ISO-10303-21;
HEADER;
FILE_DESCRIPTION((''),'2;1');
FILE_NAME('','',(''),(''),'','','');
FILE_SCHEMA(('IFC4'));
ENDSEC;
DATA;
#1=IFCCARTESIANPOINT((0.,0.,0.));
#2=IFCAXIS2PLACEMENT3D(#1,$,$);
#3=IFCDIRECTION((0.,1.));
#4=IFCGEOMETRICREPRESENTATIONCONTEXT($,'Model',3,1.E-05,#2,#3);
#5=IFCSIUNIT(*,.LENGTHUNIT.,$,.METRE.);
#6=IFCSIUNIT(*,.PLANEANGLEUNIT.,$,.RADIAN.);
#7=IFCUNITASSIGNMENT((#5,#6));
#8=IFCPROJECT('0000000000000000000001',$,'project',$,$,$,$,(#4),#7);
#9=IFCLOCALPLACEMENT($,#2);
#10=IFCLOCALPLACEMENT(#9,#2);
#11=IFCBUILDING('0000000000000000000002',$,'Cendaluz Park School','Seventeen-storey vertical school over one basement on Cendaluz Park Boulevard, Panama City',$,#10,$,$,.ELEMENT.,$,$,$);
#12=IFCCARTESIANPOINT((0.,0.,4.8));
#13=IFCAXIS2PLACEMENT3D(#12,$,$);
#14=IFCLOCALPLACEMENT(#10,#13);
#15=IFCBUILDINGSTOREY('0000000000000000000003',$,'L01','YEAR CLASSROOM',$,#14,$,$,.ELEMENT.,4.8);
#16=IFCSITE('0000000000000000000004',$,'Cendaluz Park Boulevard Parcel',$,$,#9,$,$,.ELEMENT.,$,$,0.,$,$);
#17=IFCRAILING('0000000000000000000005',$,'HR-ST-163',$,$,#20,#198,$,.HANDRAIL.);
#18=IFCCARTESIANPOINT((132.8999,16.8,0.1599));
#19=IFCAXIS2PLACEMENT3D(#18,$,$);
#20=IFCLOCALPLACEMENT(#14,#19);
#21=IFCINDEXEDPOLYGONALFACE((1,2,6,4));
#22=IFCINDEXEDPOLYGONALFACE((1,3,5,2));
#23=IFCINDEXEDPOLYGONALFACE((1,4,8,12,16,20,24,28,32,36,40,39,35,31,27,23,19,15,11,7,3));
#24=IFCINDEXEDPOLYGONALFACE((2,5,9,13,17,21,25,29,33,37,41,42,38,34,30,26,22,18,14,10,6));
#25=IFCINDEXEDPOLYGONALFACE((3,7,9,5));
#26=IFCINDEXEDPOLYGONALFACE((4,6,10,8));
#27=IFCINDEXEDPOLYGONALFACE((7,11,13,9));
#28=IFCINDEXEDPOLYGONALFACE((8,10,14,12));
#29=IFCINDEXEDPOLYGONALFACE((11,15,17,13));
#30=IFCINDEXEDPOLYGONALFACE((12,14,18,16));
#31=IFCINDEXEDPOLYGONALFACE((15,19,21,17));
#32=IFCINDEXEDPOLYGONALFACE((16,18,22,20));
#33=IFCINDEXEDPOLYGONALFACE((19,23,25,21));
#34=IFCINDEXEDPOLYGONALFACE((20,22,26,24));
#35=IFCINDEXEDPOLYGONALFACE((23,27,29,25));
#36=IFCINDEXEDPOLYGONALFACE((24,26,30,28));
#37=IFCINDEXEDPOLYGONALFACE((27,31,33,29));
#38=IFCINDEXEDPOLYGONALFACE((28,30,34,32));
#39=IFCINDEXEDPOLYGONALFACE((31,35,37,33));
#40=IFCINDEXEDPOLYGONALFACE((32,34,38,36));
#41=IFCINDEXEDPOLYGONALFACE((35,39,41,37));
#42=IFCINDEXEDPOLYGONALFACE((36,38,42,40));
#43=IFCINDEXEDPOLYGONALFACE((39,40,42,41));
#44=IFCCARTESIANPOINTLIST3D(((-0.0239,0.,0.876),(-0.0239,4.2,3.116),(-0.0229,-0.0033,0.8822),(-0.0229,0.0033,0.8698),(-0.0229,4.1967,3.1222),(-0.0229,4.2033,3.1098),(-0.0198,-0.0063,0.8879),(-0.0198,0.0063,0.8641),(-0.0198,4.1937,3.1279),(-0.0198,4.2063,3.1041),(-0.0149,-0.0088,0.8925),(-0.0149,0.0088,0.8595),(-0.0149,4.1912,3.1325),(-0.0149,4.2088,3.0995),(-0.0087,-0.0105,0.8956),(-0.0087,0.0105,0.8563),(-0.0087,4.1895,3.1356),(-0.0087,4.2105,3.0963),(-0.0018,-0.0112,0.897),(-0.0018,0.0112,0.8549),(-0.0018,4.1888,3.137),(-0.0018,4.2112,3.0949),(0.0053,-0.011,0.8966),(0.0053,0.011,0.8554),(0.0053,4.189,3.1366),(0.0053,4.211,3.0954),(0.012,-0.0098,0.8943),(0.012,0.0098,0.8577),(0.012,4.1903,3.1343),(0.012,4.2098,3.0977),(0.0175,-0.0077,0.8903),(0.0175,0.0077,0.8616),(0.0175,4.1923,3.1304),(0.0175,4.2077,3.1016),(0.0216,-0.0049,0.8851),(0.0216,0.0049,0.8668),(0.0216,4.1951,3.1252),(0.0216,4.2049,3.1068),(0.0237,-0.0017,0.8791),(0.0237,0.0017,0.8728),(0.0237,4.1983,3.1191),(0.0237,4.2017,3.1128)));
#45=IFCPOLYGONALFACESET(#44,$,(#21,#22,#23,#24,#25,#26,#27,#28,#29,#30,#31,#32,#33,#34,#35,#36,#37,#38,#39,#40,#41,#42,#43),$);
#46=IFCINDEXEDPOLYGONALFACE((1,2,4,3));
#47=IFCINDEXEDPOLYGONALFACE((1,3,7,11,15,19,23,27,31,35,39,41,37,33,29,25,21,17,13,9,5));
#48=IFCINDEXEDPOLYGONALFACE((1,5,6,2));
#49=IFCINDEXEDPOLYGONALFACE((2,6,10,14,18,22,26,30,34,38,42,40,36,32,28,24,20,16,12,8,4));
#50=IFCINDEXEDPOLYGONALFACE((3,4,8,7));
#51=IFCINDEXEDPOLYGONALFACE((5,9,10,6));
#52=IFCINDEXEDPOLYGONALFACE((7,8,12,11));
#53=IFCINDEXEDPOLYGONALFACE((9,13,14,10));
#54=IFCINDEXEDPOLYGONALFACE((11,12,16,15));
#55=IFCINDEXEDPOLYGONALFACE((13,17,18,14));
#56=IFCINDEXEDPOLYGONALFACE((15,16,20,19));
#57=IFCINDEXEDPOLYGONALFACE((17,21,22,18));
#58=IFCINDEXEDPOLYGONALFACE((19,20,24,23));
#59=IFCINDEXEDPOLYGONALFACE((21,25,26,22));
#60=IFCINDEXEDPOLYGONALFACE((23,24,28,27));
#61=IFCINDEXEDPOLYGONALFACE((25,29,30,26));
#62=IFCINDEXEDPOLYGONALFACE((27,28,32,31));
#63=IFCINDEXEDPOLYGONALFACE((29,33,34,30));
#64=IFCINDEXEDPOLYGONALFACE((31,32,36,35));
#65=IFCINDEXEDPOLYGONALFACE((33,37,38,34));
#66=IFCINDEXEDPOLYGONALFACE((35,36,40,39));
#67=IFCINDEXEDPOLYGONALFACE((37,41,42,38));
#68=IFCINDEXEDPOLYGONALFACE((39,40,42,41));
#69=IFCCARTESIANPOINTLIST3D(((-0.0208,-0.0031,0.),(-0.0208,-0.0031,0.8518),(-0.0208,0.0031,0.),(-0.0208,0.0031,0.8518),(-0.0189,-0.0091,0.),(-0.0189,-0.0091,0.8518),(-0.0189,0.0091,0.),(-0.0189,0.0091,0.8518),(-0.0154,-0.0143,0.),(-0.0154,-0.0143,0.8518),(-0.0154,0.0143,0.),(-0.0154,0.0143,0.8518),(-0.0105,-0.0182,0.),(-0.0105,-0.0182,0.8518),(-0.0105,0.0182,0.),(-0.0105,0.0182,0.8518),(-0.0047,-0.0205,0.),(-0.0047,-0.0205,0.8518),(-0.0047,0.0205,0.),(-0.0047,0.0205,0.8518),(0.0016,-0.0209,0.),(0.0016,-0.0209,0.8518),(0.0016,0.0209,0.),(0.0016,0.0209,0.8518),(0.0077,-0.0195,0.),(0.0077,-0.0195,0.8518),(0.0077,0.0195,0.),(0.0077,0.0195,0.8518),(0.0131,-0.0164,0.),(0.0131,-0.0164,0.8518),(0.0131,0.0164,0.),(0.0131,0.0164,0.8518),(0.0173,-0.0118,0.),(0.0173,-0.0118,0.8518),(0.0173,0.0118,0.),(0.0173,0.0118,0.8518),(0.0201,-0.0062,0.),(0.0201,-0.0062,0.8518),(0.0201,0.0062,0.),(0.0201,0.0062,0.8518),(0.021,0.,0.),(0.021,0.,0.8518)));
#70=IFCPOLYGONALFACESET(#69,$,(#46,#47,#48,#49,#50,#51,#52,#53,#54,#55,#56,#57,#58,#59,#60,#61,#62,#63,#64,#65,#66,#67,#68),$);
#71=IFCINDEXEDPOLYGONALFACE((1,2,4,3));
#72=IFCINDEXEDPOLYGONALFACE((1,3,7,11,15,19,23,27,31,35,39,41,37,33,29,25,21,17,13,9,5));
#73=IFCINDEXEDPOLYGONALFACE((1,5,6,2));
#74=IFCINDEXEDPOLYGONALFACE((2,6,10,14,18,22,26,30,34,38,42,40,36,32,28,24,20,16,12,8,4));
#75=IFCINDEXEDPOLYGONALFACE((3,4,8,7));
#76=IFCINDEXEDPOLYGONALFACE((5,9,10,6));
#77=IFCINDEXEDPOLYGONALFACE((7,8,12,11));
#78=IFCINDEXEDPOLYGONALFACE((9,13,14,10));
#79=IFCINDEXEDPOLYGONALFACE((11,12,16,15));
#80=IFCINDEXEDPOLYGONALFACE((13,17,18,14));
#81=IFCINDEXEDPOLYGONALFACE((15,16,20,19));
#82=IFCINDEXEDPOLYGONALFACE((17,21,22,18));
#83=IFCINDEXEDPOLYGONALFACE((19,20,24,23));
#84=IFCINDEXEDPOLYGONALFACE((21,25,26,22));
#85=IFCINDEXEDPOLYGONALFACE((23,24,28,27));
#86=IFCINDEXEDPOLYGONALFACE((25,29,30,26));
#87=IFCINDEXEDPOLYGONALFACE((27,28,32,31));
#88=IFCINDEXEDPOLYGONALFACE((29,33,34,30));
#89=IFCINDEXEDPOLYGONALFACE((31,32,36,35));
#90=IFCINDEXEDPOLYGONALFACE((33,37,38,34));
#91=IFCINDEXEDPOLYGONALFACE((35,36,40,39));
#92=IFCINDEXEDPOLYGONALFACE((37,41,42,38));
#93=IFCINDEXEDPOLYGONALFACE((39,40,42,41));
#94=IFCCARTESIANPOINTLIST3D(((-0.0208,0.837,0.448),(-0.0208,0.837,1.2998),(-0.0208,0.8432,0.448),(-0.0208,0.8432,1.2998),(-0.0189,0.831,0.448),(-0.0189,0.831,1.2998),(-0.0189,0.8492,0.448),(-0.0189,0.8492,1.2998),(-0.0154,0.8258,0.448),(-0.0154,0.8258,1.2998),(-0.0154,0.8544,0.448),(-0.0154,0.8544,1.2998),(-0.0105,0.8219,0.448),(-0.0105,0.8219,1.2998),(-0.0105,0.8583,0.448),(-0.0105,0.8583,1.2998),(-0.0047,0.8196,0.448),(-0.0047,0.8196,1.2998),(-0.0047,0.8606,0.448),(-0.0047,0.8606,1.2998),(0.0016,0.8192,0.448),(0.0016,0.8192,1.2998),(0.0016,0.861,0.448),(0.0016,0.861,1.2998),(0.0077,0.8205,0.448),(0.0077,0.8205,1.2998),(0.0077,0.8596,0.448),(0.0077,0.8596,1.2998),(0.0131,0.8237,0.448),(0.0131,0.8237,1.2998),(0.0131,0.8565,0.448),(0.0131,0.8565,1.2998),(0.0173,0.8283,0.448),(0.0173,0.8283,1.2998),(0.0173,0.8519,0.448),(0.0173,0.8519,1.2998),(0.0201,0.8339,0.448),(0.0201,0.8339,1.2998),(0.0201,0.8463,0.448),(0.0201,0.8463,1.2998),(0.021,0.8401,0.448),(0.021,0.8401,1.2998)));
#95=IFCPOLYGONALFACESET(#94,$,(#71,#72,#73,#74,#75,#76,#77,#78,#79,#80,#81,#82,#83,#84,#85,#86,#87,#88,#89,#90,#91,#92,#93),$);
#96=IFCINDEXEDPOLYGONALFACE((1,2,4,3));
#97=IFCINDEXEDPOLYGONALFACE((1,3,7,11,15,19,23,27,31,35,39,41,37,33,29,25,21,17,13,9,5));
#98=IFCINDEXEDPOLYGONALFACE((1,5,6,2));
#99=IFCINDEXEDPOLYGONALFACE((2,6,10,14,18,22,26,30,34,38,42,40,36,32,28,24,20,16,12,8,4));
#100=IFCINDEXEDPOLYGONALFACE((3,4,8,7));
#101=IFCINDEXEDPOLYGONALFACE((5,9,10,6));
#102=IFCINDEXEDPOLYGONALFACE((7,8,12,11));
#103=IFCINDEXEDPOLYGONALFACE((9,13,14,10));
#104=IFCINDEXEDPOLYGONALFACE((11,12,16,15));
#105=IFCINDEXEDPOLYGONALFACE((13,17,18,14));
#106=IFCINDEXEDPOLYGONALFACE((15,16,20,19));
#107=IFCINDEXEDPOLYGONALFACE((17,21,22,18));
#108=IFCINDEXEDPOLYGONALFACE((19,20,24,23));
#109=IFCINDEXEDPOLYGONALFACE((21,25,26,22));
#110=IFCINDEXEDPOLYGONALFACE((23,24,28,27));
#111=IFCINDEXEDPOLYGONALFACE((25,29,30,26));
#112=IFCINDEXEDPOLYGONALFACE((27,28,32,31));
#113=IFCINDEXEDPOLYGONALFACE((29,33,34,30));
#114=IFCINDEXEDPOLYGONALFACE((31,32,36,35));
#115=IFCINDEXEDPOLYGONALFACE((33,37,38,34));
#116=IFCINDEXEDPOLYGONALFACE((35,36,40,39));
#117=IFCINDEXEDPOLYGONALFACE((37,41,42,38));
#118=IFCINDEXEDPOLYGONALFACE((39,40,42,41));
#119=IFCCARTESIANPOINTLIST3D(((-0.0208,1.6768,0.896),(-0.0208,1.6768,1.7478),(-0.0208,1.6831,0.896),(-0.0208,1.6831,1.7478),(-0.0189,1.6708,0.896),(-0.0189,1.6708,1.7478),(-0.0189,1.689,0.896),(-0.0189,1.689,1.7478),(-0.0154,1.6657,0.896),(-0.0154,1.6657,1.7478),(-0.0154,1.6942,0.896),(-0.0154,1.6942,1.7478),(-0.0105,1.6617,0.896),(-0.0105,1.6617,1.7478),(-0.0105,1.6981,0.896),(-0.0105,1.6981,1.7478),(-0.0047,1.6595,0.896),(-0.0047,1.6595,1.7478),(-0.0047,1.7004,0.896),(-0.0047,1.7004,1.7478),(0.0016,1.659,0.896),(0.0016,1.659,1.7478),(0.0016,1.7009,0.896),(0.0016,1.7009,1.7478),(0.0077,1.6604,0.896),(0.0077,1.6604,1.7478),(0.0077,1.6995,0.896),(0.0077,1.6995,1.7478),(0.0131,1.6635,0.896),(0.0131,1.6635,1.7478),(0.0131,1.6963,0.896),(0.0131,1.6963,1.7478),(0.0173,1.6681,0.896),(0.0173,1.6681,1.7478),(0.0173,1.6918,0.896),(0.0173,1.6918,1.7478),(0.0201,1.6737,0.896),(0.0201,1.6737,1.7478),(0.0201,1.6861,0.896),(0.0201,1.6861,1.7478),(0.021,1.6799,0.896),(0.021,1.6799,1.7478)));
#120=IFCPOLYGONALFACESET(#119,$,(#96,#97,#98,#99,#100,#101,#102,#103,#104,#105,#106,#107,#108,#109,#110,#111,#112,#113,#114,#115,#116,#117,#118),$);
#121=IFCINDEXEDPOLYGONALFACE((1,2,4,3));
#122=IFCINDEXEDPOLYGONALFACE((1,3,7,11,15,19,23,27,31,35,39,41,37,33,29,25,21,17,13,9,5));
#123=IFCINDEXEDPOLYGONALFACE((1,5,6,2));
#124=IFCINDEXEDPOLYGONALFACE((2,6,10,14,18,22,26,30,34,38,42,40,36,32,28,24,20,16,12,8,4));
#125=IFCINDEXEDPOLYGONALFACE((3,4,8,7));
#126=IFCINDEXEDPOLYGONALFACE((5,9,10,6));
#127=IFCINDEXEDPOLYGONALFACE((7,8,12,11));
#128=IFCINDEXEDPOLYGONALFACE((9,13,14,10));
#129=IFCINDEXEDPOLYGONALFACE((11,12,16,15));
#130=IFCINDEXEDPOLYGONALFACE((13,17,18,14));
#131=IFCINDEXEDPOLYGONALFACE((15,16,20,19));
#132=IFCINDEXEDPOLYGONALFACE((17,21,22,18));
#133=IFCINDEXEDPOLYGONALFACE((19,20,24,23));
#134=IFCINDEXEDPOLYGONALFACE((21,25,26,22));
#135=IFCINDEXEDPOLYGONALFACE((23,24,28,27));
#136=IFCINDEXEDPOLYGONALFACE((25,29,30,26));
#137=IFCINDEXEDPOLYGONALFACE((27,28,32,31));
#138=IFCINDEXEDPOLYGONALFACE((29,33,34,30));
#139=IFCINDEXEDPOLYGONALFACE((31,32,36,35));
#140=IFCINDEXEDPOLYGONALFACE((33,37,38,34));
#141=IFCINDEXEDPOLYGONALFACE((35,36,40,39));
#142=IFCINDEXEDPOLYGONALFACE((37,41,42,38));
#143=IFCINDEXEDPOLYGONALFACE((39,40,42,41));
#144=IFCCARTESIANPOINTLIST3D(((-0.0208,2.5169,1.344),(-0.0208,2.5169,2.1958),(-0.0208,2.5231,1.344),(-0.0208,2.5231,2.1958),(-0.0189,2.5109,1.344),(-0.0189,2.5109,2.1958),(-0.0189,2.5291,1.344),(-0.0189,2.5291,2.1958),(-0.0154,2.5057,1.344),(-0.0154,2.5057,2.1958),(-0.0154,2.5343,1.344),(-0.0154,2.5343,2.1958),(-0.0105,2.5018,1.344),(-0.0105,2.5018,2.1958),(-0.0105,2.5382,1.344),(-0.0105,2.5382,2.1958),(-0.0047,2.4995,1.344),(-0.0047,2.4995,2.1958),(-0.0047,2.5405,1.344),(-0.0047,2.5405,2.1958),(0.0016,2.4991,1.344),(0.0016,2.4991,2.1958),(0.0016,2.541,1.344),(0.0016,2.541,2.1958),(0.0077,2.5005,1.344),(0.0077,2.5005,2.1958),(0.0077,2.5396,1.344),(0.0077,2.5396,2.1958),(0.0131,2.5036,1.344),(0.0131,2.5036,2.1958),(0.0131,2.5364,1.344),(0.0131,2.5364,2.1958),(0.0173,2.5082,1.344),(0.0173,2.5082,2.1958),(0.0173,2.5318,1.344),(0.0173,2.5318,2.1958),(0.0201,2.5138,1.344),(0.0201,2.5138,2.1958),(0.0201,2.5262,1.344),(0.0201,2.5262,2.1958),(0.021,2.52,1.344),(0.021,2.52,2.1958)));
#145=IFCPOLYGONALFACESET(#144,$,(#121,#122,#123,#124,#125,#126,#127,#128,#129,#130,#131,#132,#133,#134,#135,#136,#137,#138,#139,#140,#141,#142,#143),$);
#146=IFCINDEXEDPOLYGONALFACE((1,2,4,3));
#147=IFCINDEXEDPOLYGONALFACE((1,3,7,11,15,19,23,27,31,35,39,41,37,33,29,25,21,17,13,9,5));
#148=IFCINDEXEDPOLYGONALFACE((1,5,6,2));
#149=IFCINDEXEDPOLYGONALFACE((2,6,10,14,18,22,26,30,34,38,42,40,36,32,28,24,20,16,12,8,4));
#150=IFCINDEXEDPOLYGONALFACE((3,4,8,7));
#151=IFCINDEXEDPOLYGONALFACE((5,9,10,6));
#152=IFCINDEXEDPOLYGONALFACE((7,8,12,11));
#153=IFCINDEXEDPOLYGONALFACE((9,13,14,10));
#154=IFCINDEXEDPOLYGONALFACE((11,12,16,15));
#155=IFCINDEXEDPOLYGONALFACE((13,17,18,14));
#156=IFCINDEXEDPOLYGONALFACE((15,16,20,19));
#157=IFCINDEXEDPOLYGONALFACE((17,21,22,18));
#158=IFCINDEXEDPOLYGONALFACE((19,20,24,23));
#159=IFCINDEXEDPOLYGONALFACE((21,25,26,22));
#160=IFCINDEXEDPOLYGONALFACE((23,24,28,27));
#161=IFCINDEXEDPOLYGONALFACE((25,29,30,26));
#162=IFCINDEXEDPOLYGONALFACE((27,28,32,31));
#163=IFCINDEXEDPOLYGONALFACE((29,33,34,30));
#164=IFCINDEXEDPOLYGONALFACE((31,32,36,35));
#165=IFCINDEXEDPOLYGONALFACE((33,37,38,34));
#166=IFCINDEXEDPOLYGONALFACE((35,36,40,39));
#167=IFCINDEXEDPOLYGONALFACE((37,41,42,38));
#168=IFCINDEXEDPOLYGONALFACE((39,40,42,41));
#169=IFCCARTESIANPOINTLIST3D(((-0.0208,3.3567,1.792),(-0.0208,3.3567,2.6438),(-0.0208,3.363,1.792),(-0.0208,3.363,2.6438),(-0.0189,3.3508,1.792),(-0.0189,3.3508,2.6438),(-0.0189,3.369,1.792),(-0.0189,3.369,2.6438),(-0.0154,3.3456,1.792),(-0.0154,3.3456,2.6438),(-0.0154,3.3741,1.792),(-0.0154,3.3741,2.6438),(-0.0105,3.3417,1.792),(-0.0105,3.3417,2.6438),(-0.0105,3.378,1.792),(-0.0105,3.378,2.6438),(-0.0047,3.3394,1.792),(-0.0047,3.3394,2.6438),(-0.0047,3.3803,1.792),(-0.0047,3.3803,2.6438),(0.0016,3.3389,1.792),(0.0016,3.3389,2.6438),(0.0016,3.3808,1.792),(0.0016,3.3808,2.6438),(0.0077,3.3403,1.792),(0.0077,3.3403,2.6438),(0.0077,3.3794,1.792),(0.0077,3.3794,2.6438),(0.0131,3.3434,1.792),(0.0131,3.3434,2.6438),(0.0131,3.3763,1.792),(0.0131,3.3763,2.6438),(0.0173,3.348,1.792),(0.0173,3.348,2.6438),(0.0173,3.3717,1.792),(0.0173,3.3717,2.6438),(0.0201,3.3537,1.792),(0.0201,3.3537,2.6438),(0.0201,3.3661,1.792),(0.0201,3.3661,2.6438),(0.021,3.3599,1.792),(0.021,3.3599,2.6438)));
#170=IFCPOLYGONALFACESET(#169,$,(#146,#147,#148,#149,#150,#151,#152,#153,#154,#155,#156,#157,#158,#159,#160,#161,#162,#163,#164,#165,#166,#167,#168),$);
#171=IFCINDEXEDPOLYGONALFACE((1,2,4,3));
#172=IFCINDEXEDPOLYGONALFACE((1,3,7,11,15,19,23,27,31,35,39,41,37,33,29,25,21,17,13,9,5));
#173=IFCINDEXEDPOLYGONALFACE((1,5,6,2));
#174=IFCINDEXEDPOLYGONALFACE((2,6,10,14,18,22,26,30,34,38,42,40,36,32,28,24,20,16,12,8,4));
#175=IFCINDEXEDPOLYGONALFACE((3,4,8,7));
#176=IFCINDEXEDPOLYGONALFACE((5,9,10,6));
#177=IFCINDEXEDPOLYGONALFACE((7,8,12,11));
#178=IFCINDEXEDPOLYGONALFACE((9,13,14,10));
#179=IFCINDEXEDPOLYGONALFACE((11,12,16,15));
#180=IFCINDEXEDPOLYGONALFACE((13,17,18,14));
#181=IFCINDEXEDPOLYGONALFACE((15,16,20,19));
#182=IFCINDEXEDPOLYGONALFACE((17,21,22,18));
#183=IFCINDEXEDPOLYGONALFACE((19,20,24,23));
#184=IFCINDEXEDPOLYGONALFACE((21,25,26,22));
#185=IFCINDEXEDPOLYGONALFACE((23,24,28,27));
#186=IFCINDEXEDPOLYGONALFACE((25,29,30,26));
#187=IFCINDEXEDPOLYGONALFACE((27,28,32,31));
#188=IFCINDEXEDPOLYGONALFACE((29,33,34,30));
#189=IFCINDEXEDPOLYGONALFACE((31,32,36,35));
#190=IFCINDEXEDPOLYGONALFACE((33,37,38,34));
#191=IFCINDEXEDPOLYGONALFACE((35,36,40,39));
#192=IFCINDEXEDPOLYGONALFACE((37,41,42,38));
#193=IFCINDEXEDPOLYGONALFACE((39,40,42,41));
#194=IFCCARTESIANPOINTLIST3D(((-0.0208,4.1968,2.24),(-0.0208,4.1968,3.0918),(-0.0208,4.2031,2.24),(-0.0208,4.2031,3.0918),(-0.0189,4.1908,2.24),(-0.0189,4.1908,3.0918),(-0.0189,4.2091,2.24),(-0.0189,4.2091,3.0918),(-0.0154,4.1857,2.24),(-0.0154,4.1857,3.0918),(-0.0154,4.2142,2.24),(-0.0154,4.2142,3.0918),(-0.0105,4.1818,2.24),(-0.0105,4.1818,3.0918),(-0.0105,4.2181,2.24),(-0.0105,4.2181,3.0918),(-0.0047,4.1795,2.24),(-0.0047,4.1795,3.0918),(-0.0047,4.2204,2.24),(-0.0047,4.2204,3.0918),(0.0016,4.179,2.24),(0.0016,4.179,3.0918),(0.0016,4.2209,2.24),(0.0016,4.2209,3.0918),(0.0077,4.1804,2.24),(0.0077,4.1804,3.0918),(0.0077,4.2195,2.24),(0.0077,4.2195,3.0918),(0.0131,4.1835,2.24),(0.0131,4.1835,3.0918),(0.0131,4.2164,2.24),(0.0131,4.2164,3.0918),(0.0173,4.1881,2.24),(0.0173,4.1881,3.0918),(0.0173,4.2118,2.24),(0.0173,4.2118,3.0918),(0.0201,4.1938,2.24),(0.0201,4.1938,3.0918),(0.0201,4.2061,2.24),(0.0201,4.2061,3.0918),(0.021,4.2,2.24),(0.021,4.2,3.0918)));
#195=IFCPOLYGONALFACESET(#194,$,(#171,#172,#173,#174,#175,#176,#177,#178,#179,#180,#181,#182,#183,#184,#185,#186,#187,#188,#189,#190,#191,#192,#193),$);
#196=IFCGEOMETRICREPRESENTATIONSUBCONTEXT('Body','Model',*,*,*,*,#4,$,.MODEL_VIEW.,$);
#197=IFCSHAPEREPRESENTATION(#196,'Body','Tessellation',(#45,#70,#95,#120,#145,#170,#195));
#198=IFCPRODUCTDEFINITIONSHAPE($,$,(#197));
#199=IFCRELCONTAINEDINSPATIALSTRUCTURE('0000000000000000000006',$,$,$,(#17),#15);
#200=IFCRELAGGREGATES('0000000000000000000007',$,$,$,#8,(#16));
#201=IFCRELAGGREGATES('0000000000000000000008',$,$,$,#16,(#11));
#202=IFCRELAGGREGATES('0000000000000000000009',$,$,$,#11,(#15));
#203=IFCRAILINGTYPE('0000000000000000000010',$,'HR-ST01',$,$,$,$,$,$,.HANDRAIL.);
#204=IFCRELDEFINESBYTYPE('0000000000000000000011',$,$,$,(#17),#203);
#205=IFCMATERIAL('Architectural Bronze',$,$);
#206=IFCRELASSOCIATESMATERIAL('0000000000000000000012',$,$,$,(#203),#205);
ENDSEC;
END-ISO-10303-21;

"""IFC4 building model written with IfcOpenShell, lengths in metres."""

from ifc_helpers import new_model, si_unit, direction, frame, origin, origin_2d, place, context, subcontext, project, spatial, circle, extrude, material, type_object, element, save


model = new_model("IFC4")

# Units and contexts
model_context = context("Model", 3, precision=1e-05, world=origin(), true_north=direction((0.0, 1.0)))
body_context = subcontext(model_context, "Body", "Model", "MODEL_VIEW")
ifc_project = project(units=[si_unit("LENGTHUNIT", "METRE"), si_unit("PLANEANGLEUNIT", "RADIAN")], contexts=[model_context])

# Site, building, storey
site_placement = place(None, origin())
site = spatial("IfcSite", under=ifc_project, at=site_placement, Name="Cendaluz Park Boulevard Parcel", CompositionType="ELEMENT", RefElevation=0.0)
building_placement = place(site_placement, origin())
building = spatial("IfcBuilding", under=site, at=building_placement, Name="Cendaluz Park School", Description="Seventeen-storey vertical school over one basement on Cendaluz Park Boulevard, Panama City", CompositionType="ELEMENT")
storey_placement = place(building_placement, frame((0.0, 0.0, 4.8)))
storey = spatial("IfcBuildingStorey", under=building, at=storey_placement, Name="L01", Description="YEAR CLASSROOM", CompositionType="ELEMENT", Elevation=4.8)

# Railing
ifc_material_1 = material(Name="Architectural Bronze")
railing_type_1 = type_object("IfcRailingType", Name="HR-ST01", PredefinedType="HANDRAIL", material=ifc_material_1)
railing_1_placement = place(storey_placement, frame((132.8999, 16.8, 0.1599)))
element("IfcRailing", 1, at=railing_1_placement, inside=storey, type_object=railing_type_1, Name="HR-ST-163", PredefinedType="HANDRAIL", context=body_context, shape_type="SweptSolid", body=[
    extrude(circle(Radius=0.0239, at=origin_2d()), frame((0.0, 0.0, 0.876), z_axis=(0.0, 0.882352, 0.470591), x_axis=(-1.0, 0.0, 0.0)), (0.0, 0.0, 1.0), 4.76),
    extrude(circle(Radius=0.021, at=origin_2d()), origin(), (0.0, 0.0, 1.0), 0.8518),
    extrude(circle(Radius=0.021, at=origin_2d()), frame((0.0, 0.8401, 0.448)), (0.0, 0.0, 1.0), 0.8518),
    extrude(circle(Radius=0.021, at=origin_2d()), frame((0.0, 1.6799, 0.896)), (0.0, 0.0, 1.0), 0.8518),
    extrude(circle(Radius=0.021, at=origin_2d()), frame((0.0, 2.52, 1.344)), (0.0, 0.0, 1.0), 0.8518),
    extrude(circle(Radius=0.021, at=origin_2d()), frame((0.0, 3.3599, 1.792)), (0.0, 0.0, 1.0), 0.8518),
    extrude(circle(Radius=0.021, at=origin_2d()), frame((0.0, 4.2, 2.24)), (0.0, 0.0, 1.0), 0.8518),
])

save(model, "model.ifc")
